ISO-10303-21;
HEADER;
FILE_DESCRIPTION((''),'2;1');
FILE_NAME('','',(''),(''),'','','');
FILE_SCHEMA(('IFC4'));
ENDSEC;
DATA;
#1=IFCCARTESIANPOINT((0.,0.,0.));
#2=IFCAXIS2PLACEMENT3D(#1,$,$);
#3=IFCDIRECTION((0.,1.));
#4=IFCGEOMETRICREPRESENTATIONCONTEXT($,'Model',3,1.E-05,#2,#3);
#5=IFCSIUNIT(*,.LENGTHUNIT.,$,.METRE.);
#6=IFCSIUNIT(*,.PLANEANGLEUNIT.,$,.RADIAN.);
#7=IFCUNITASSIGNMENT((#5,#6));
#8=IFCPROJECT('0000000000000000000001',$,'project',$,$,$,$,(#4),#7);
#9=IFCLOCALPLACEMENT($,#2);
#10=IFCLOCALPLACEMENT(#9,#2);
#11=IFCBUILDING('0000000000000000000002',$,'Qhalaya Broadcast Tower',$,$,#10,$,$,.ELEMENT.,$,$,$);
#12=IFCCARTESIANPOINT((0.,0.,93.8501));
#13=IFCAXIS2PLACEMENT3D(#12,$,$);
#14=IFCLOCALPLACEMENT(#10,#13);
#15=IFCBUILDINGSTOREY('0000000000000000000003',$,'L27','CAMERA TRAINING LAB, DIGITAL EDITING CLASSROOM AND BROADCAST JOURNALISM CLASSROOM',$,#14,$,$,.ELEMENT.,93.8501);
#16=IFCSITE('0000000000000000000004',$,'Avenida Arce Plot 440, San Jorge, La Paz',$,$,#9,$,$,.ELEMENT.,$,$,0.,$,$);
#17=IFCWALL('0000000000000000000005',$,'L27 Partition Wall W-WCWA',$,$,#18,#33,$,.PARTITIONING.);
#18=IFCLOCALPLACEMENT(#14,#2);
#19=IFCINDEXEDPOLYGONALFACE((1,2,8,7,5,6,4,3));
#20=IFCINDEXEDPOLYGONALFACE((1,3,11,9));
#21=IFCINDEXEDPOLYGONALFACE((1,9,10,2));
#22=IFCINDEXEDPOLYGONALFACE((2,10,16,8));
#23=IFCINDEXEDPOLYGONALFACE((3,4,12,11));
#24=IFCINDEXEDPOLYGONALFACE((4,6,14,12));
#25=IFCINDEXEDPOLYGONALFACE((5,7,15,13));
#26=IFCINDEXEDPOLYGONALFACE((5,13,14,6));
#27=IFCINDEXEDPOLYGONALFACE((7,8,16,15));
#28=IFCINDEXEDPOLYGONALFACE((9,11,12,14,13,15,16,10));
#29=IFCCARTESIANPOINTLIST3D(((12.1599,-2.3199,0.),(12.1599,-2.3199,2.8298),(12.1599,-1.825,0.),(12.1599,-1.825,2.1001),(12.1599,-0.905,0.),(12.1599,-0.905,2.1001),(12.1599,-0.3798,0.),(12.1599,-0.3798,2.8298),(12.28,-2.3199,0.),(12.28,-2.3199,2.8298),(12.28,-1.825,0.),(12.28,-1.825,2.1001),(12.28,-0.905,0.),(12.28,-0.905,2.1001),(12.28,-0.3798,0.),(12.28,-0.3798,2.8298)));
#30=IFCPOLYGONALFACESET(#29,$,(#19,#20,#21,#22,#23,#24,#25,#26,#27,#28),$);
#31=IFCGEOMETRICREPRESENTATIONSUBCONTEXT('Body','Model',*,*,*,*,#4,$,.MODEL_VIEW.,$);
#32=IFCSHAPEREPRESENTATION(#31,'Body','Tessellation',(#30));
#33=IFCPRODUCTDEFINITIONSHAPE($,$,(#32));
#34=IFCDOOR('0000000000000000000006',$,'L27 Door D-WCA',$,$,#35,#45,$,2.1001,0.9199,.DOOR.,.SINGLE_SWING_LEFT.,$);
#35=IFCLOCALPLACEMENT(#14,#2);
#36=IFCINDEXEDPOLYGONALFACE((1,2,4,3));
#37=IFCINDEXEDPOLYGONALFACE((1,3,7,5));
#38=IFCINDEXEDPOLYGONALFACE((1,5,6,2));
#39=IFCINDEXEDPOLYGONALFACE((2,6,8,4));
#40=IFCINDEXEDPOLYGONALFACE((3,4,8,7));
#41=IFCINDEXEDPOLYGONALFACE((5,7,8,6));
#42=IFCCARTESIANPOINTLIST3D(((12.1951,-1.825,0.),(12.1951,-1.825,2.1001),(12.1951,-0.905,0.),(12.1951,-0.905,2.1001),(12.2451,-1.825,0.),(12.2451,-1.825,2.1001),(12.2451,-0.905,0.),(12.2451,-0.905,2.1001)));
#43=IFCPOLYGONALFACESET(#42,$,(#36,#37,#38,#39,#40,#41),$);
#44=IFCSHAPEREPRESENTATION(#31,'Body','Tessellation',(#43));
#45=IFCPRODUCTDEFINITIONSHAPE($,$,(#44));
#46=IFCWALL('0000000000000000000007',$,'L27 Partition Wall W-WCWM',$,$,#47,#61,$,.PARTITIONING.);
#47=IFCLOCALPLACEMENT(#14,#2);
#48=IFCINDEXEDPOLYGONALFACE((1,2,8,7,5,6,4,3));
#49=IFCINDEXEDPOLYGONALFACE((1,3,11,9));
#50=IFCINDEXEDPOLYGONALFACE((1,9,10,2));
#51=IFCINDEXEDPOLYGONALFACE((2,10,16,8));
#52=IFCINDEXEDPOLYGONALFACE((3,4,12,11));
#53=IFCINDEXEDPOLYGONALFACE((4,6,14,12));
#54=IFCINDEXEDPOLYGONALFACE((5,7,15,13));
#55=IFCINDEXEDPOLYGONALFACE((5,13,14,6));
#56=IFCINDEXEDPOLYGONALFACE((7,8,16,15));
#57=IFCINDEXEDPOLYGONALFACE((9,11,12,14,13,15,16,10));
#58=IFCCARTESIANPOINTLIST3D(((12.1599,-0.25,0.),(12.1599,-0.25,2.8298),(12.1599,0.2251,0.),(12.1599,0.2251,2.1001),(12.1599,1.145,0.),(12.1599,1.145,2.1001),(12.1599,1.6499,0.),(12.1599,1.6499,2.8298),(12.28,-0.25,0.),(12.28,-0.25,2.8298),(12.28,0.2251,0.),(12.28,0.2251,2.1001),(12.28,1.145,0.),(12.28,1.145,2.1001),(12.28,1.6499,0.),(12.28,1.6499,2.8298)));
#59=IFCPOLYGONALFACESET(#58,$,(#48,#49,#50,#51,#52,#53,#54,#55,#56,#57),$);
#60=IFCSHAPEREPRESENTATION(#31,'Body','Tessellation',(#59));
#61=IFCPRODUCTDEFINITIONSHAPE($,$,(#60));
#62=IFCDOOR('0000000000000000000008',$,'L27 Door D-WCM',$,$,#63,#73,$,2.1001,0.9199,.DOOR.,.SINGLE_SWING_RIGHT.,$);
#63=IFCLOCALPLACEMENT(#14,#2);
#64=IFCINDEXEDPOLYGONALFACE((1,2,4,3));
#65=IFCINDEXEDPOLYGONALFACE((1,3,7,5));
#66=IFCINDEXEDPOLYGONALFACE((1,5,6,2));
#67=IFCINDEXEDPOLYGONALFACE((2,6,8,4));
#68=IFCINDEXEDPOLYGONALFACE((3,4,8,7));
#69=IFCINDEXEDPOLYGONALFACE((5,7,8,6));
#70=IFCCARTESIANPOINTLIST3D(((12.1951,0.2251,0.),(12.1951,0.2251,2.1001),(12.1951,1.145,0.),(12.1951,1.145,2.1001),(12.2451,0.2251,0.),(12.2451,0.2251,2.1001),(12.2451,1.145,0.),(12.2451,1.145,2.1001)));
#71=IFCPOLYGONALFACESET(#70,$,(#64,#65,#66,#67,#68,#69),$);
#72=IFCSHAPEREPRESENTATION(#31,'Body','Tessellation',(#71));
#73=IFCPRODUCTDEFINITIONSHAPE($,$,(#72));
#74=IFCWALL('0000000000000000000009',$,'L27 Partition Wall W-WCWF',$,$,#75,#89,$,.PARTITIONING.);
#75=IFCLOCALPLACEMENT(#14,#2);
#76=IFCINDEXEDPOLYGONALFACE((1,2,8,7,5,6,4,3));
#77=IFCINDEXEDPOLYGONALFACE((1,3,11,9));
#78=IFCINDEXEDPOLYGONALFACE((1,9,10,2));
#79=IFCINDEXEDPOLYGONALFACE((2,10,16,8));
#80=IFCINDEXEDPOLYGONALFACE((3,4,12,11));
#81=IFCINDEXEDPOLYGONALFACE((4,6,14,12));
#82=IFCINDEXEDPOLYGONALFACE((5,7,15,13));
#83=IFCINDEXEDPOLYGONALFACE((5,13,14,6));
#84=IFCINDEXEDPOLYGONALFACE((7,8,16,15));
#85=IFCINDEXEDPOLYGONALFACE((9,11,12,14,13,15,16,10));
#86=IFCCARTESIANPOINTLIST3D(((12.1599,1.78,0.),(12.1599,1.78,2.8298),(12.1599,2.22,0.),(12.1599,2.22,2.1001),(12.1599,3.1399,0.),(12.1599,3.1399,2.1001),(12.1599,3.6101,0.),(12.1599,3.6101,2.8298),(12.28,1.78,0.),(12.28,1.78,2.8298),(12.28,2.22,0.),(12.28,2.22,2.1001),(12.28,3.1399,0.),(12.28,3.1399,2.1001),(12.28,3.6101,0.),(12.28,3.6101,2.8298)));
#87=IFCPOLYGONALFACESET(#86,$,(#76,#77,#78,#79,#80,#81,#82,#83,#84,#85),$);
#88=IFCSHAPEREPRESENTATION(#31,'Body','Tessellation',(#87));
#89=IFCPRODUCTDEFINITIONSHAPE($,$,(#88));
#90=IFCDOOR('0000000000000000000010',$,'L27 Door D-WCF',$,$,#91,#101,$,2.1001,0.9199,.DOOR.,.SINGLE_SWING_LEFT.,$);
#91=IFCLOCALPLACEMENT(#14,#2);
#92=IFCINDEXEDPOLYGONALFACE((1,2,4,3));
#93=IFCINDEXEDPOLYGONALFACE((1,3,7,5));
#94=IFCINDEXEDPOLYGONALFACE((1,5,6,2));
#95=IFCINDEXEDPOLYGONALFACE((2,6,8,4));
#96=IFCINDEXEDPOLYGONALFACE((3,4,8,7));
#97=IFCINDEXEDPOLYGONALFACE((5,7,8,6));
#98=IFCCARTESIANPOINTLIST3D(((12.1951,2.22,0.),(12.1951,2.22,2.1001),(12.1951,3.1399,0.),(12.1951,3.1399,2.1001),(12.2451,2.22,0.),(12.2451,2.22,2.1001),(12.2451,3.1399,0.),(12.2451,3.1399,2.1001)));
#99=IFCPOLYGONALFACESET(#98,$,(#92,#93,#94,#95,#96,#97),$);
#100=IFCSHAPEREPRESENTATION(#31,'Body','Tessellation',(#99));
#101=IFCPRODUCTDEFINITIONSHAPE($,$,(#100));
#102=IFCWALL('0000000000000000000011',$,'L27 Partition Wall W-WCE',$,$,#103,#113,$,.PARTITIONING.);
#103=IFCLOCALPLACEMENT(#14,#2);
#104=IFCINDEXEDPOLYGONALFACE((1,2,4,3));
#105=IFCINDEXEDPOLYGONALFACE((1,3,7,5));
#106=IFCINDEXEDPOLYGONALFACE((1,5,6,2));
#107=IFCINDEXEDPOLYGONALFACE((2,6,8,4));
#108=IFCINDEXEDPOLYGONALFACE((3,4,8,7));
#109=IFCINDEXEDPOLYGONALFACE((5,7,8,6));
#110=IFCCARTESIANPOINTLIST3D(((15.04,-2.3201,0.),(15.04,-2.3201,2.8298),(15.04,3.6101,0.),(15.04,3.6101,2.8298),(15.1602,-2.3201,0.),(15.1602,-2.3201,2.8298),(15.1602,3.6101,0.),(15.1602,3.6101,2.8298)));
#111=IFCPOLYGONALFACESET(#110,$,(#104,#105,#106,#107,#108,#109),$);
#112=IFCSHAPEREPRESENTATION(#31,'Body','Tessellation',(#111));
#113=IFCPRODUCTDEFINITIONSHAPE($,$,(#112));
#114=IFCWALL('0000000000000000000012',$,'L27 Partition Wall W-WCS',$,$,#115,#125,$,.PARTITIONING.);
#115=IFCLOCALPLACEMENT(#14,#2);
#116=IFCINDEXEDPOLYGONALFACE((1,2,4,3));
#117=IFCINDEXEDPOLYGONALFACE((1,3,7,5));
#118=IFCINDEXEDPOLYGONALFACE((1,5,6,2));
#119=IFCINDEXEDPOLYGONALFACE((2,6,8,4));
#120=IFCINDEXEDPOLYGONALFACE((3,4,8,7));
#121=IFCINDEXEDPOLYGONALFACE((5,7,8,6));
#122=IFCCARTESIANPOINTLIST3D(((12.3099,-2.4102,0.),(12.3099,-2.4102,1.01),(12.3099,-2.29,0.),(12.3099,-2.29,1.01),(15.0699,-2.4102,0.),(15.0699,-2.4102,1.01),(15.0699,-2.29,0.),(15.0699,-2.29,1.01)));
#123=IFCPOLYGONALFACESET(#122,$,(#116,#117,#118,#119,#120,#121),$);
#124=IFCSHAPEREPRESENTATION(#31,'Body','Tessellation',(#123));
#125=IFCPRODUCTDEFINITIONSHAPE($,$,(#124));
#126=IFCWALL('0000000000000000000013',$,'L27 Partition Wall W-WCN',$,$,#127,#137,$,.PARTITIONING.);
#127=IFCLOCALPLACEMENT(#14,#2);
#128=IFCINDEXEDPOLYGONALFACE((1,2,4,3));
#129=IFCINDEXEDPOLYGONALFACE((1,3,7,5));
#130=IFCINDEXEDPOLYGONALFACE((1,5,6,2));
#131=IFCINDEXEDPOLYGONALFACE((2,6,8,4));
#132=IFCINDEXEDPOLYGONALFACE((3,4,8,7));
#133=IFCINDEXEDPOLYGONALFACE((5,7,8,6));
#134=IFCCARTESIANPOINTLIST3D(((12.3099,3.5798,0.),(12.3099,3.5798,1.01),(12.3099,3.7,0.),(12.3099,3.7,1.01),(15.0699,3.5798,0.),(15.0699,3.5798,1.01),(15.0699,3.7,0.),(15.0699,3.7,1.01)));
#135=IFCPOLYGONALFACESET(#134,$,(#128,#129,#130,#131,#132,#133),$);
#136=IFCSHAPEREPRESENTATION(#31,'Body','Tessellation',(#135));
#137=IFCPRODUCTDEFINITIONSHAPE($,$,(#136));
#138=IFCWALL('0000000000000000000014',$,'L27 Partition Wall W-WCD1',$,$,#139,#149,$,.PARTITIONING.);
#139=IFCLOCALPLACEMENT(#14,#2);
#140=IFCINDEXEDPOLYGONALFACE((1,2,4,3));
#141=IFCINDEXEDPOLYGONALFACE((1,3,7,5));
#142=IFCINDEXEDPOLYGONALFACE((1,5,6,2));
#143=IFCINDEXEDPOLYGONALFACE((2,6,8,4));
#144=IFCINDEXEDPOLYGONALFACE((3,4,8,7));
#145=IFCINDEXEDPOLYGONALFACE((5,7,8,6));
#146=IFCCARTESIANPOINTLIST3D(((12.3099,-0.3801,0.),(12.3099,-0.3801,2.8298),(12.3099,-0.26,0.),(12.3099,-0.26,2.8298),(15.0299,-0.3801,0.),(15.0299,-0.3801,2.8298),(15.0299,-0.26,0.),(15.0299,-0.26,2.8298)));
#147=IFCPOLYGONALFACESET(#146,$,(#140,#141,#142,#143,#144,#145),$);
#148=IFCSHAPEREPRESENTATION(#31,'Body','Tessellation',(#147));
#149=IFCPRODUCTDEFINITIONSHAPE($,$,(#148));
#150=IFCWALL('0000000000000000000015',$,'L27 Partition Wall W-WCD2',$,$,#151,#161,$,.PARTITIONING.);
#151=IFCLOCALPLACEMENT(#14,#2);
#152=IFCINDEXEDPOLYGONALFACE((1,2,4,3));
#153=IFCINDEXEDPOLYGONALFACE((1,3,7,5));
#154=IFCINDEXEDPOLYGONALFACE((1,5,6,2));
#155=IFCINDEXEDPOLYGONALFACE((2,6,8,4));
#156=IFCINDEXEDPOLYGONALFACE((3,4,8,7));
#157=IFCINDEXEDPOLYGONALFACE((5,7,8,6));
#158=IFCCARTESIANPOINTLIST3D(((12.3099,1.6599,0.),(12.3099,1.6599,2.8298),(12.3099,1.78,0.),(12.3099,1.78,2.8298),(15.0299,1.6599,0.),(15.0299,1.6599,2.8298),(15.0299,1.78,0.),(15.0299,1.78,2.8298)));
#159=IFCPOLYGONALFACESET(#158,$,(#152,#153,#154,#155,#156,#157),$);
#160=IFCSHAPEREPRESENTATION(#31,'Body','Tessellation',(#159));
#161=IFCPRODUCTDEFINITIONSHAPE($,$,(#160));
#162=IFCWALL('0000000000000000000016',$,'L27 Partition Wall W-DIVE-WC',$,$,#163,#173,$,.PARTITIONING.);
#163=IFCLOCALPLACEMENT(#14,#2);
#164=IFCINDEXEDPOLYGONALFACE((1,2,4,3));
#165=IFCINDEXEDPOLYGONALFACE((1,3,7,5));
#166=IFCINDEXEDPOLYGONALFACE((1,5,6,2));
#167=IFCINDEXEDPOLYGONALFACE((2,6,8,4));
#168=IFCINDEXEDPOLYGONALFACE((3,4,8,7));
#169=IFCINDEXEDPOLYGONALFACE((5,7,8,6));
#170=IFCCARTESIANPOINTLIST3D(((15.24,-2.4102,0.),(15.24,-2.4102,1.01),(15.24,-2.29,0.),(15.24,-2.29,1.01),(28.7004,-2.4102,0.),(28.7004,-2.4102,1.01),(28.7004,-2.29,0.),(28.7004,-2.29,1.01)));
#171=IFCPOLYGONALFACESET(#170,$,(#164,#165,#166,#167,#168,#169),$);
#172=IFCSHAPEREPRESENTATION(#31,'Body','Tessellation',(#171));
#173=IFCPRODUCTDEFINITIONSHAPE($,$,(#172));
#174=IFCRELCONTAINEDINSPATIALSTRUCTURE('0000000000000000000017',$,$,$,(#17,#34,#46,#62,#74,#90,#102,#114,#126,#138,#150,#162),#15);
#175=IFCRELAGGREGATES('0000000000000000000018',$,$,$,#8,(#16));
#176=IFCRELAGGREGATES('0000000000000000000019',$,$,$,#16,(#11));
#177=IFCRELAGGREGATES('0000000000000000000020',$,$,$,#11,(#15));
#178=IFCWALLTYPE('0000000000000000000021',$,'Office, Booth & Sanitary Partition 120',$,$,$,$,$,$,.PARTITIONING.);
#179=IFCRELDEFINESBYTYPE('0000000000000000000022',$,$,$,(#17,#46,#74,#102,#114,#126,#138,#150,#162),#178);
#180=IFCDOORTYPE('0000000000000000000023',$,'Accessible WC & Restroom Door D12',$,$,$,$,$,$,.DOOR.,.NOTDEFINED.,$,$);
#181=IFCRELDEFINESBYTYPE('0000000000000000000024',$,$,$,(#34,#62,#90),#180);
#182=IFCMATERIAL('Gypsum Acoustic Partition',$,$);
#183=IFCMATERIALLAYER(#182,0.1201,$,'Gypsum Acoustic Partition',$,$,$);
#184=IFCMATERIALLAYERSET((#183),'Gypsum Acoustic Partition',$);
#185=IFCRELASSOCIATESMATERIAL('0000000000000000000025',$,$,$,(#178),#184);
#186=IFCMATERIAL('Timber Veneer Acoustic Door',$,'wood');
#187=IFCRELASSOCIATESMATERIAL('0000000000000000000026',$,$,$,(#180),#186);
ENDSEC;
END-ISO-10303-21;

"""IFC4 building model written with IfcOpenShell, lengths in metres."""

from ifc_helpers import new_model, si_unit, direction, frame, frame_2d, origin, place, context, subcontext, project, spatial, rectangle, extrude, material, layer, layer_set, type_object, element, fill, save


model = new_model("IFC4")

# Units and contexts
model_context = context("Model", 3, precision=1e-05, world=origin(), true_north=direction((0.0, 1.0)))
body_context = subcontext(model_context, "Body", "Model", "MODEL_VIEW")
ifc_project = project(units=[si_unit("LENGTHUNIT", "METRE"), si_unit("PLANEANGLEUNIT", "RADIAN")], contexts=[model_context])

# Site, building, storey
site_placement = place(None, origin())
site = spatial("IfcSite", under=ifc_project, at=site_placement, Name="Avenida Arce Plot 440, San Jorge, La Paz", CompositionType="ELEMENT", RefElevation=0.0)
building_placement = place(site_placement, origin())
building = spatial("IfcBuilding", under=site, at=building_placement, Name="Qhalaya Broadcast Tower", CompositionType="ELEMENT")
storey_placement = place(building_placement, frame((0.0, 0.0, 93.8501)))
storey = spatial("IfcBuildingStorey", under=building, at=storey_placement, Name="L27", Description="CAMERA TRAINING LAB, DIGITAL EDITING CLASSROOM AND BROADCAST JOURNALISM CLASSROOM", CompositionType="ELEMENT", Elevation=93.8501)

# Walls, openings, doors
ifc_material_1 = material(Name="Gypsum Acoustic Partition")
ifc_layer_1 = layer(ifc_material_1, 0.1201, Name="Gypsum Acoustic Partition")
ifc_layer_set_1 = layer_set([ifc_layer_1], Name="Gypsum Acoustic Partition")
wall_type_1 = type_object("IfcWallType", Name="Office, Booth & Sanitary Partition 120", PredefinedType="PARTITIONING", material=ifc_layer_set_1)
wall_1_placement = place(storey_placement, frame((12.22, -2.3201, 0.0), z_axis=(0.0, 0.0, 1.0), x_axis=(0.0, 1.0, 0.0)))
wall_1 = element("IfcWall", 1, at=wall_1_placement, inside=storey, type_object=wall_type_1, Name="L27 Partition Wall W-WCWA", PredefinedType="PARTITIONING", context=body_context, shape_type="SweptSolid", body=[
    extrude(rectangle(XDim=1.9402, YDim=0.1201, at=frame_2d((0.9702, 0.0))), origin(), (0.0, 0.0, 1.0), 2.8298),
])
opening_1_placement = place(wall_1_placement, frame((0.4951, 0.0, 0.0)))
opening_1 = element("IfcOpeningElement", 2, at=opening_1_placement, cuts=wall_1, PredefinedType="OPENING", context=body_context, shape_type="SweptSolid", body=[
    extrude(rectangle(XDim=0.9199, YDim=2.1001, at=frame_2d((0.46, 1.05))), frame((0.0, 0.072, 0.0), z_axis=(0.0, -1.0, 0.0), x_axis=(1.0, 0.0, 0.0)), (0.0, 0.0, 1.0), 0.144),
])
ifc_material_2 = material(Name="Timber Veneer Acoustic Door", Category="wood")
door_type = type_object("IfcDoorType", Name="Accessible WC & Restroom Door D12", OperationType="NOTDEFINED", PredefinedType="DOOR", material=ifc_material_2)
door_1_placement = place(opening_1_placement, origin())
door_1 = element("IfcDoor", 3, at=door_1_placement, inside=storey, type_object=door_type, Name="L27 Door D-WCA", OperationType="SINGLE_SWING_LEFT", OverallHeight=2.1001, OverallWidth=0.9199, PredefinedType="DOOR", context=body_context, shape_type="SweptSolid", body=[
    extrude(rectangle(XDim=0.9199, YDim=2.1001, at=frame_2d((0.46, 1.05))), frame((0.0, 0.0249, 0.0), z_axis=(0.0, -1.0, 0.0), x_axis=(1.0, 0.0, 0.0)), (0.0, 0.0, 1.0), 0.05),
])
fill(opening_1, door_1)
wall_2_placement = place(storey_placement, frame((12.22, -0.25, 0.0), z_axis=(0.0, 0.0, 1.0), x_axis=(0.0, 1.0, 0.0)))
wall_2 = element("IfcWall", 4, at=wall_2_placement, inside=storey, type_object=wall_type_1, Name="L27 Partition Wall W-WCWM", PredefinedType="PARTITIONING", context=body_context, shape_type="SweptSolid", body=[
    extrude(rectangle(XDim=1.8999, YDim=0.1201, at=frame_2d((0.95, 0.0))), origin(), (0.0, 0.0, 1.0), 2.8298),
])
opening_2_placement = place(wall_2_placement, frame((0.4751, 0.0, 0.0)))
opening_2 = element("IfcOpeningElement", 5, at=opening_2_placement, cuts=wall_2, PredefinedType="OPENING", context=body_context, shape_type="SweptSolid", body=[
    extrude(rectangle(XDim=0.9199, YDim=2.1001, at=frame_2d((0.46, 1.05))), frame((0.0, 0.072, 0.0), z_axis=(0.0, -1.0, 0.0), x_axis=(1.0, 0.0, 0.0)), (0.0, 0.0, 1.0), 0.144),
])
door_2_placement = place(opening_2_placement, origin())
door_2 = element("IfcDoor", 6, at=door_2_placement, inside=storey, type_object=door_type, Name="L27 Door D-WCM", OperationType="SINGLE_SWING_RIGHT", OverallHeight=2.1001, OverallWidth=0.9199, PredefinedType="DOOR", context=body_context, shape_type="SweptSolid", body=[
    extrude(rectangle(XDim=0.9199, YDim=2.1001, at=frame_2d((0.46, 1.05))), frame((0.0, 0.0249, 0.0), z_axis=(0.0, -1.0, 0.0), x_axis=(1.0, 0.0, 0.0)), (0.0, 0.0, 1.0), 0.05),
])
fill(opening_2, door_2)
wall_3_placement = place(storey_placement, frame((12.22, 1.78, 0.0), z_axis=(0.0, 0.0, 1.0), x_axis=(0.0, 1.0, 0.0)))
wall_3 = element("IfcWall", 7, at=wall_3_placement, inside=storey, type_object=wall_type_1, Name="L27 Partition Wall W-WCWF", PredefinedType="PARTITIONING", context=body_context, shape_type="SweptSolid", body=[
    extrude(rectangle(XDim=1.8301, YDim=0.1201, at=frame_2d((0.915, 0.0))), origin(), (0.0, 0.0, 1.0), 2.8298),
])
opening_3_placement = place(wall_3_placement, frame((0.4399, 0.0, 0.0)))
opening_3 = element("IfcOpeningElement", 8, at=opening_3_placement, cuts=wall_3, PredefinedType="OPENING", context=body_context, shape_type="SweptSolid", body=[
    extrude(rectangle(XDim=0.9199, YDim=2.1001, at=frame_2d((0.46, 1.05))), frame((0.0, 0.072, 0.0), z_axis=(0.0, -1.0, 0.0), x_axis=(1.0, 0.0, 0.0)), (0.0, 0.0, 1.0), 0.144),
])
door_3_placement = place(opening_3_placement, origin())
door_3 = element("IfcDoor", 9, at=door_3_placement, inside=storey, type_object=door_type, Name="L27 Door D-WCF", OperationType="SINGLE_SWING_LEFT", OverallHeight=2.1001, OverallWidth=0.9199, PredefinedType="DOOR", context=body_context, shape_type="SweptSolid", body=[
    extrude(rectangle(XDim=0.9199, YDim=2.1001, at=frame_2d((0.46, 1.05))), frame((0.0, 0.0249, 0.0), z_axis=(0.0, -1.0, 0.0), x_axis=(1.0, 0.0, 0.0)), (0.0, 0.0, 1.0), 0.05),
])
fill(opening_3, door_3)

# Walls
wall_4_placement = place(storey_placement, frame((15.1001, -2.3201, 0.0), z_axis=(0.0, 0.0, 1.0), x_axis=(0.0, 1.0, 0.0)))
element("IfcWall", 10, at=wall_4_placement, inside=storey, type_object=wall_type_1, Name="L27 Partition Wall W-WCE", PredefinedType="PARTITIONING", context=body_context, shape_type="SweptSolid", body=[
    extrude(rectangle(XDim=5.9302, YDim=0.1201, at=frame_2d((2.9651, 0.0))), origin(), (0.0, 0.0, 1.0), 2.8298),
])
for number, where, z_axis, x_axis, name in (
    (11, (12.3101, -2.3501, 0.0), (0.0, 0.0, 1.0), (1.0, 0.0, 0.0), "L27 Partition Wall W-WCS"),
    (12, (12.3101, 3.6399, 0.0), (0.0, 0.0, 1.0), (1.0, 0.0, 0.0), "L27 Partition Wall W-WCN"),
):
    element("IfcWall", number, at=place(storey_placement, frame(where, z_axis=z_axis, x_axis=x_axis)), inside=storey, type_object=wall_type_1, Name=name, PredefinedType="PARTITIONING", context=body_context, shape_type="SweptSolid", body=[
        extrude(rectangle(XDim=2.76, YDim=0.1201, at=frame_2d((1.3799, 0.0))), origin(), (0.0, 0.0, 1.0), 1.01),
    ])
for number, where, z_axis, x_axis, name in (
    (13, (12.3101, -0.3201, 0.0), (0.0, 0.0, 1.0), (1.0, 0.0, 0.0), "L27 Partition Wall W-WCD1"),
    (14, (12.3101, 1.72, 0.0), (0.0, 0.0, 1.0), (1.0, 0.0, 0.0), "L27 Partition Wall W-WCD2"),
):
    element("IfcWall", number, at=place(storey_placement, frame(where, z_axis=z_axis, x_axis=x_axis)), inside=storey, type_object=wall_type_1, Name=name, PredefinedType="PARTITIONING", context=body_context, shape_type="SweptSolid", body=[
        extrude(rectangle(XDim=2.72, YDim=0.1201, at=frame_2d((1.3599, 0.0))), origin(), (0.0, 0.0, 1.0), 2.8298),
    ])
wall_5_placement = place(storey_placement, frame((15.24, -2.3501, 0.0), z_axis=(0.0, 0.0, 1.0), x_axis=(1.0, 0.0, 0.0)))
element("IfcWall", 15, at=wall_5_placement, inside=storey, type_object=wall_type_1, Name="L27 Partition Wall W-DIVE-WC", PredefinedType="PARTITIONING", context=body_context, shape_type="SweptSolid", body=[
    extrude(rectangle(XDim=13.4604, YDim=0.1201, at=frame_2d((6.7302, 0.0))), origin(), (0.0, 0.0, 1.0), 1.01),
])

save(model, "model.ifc")
